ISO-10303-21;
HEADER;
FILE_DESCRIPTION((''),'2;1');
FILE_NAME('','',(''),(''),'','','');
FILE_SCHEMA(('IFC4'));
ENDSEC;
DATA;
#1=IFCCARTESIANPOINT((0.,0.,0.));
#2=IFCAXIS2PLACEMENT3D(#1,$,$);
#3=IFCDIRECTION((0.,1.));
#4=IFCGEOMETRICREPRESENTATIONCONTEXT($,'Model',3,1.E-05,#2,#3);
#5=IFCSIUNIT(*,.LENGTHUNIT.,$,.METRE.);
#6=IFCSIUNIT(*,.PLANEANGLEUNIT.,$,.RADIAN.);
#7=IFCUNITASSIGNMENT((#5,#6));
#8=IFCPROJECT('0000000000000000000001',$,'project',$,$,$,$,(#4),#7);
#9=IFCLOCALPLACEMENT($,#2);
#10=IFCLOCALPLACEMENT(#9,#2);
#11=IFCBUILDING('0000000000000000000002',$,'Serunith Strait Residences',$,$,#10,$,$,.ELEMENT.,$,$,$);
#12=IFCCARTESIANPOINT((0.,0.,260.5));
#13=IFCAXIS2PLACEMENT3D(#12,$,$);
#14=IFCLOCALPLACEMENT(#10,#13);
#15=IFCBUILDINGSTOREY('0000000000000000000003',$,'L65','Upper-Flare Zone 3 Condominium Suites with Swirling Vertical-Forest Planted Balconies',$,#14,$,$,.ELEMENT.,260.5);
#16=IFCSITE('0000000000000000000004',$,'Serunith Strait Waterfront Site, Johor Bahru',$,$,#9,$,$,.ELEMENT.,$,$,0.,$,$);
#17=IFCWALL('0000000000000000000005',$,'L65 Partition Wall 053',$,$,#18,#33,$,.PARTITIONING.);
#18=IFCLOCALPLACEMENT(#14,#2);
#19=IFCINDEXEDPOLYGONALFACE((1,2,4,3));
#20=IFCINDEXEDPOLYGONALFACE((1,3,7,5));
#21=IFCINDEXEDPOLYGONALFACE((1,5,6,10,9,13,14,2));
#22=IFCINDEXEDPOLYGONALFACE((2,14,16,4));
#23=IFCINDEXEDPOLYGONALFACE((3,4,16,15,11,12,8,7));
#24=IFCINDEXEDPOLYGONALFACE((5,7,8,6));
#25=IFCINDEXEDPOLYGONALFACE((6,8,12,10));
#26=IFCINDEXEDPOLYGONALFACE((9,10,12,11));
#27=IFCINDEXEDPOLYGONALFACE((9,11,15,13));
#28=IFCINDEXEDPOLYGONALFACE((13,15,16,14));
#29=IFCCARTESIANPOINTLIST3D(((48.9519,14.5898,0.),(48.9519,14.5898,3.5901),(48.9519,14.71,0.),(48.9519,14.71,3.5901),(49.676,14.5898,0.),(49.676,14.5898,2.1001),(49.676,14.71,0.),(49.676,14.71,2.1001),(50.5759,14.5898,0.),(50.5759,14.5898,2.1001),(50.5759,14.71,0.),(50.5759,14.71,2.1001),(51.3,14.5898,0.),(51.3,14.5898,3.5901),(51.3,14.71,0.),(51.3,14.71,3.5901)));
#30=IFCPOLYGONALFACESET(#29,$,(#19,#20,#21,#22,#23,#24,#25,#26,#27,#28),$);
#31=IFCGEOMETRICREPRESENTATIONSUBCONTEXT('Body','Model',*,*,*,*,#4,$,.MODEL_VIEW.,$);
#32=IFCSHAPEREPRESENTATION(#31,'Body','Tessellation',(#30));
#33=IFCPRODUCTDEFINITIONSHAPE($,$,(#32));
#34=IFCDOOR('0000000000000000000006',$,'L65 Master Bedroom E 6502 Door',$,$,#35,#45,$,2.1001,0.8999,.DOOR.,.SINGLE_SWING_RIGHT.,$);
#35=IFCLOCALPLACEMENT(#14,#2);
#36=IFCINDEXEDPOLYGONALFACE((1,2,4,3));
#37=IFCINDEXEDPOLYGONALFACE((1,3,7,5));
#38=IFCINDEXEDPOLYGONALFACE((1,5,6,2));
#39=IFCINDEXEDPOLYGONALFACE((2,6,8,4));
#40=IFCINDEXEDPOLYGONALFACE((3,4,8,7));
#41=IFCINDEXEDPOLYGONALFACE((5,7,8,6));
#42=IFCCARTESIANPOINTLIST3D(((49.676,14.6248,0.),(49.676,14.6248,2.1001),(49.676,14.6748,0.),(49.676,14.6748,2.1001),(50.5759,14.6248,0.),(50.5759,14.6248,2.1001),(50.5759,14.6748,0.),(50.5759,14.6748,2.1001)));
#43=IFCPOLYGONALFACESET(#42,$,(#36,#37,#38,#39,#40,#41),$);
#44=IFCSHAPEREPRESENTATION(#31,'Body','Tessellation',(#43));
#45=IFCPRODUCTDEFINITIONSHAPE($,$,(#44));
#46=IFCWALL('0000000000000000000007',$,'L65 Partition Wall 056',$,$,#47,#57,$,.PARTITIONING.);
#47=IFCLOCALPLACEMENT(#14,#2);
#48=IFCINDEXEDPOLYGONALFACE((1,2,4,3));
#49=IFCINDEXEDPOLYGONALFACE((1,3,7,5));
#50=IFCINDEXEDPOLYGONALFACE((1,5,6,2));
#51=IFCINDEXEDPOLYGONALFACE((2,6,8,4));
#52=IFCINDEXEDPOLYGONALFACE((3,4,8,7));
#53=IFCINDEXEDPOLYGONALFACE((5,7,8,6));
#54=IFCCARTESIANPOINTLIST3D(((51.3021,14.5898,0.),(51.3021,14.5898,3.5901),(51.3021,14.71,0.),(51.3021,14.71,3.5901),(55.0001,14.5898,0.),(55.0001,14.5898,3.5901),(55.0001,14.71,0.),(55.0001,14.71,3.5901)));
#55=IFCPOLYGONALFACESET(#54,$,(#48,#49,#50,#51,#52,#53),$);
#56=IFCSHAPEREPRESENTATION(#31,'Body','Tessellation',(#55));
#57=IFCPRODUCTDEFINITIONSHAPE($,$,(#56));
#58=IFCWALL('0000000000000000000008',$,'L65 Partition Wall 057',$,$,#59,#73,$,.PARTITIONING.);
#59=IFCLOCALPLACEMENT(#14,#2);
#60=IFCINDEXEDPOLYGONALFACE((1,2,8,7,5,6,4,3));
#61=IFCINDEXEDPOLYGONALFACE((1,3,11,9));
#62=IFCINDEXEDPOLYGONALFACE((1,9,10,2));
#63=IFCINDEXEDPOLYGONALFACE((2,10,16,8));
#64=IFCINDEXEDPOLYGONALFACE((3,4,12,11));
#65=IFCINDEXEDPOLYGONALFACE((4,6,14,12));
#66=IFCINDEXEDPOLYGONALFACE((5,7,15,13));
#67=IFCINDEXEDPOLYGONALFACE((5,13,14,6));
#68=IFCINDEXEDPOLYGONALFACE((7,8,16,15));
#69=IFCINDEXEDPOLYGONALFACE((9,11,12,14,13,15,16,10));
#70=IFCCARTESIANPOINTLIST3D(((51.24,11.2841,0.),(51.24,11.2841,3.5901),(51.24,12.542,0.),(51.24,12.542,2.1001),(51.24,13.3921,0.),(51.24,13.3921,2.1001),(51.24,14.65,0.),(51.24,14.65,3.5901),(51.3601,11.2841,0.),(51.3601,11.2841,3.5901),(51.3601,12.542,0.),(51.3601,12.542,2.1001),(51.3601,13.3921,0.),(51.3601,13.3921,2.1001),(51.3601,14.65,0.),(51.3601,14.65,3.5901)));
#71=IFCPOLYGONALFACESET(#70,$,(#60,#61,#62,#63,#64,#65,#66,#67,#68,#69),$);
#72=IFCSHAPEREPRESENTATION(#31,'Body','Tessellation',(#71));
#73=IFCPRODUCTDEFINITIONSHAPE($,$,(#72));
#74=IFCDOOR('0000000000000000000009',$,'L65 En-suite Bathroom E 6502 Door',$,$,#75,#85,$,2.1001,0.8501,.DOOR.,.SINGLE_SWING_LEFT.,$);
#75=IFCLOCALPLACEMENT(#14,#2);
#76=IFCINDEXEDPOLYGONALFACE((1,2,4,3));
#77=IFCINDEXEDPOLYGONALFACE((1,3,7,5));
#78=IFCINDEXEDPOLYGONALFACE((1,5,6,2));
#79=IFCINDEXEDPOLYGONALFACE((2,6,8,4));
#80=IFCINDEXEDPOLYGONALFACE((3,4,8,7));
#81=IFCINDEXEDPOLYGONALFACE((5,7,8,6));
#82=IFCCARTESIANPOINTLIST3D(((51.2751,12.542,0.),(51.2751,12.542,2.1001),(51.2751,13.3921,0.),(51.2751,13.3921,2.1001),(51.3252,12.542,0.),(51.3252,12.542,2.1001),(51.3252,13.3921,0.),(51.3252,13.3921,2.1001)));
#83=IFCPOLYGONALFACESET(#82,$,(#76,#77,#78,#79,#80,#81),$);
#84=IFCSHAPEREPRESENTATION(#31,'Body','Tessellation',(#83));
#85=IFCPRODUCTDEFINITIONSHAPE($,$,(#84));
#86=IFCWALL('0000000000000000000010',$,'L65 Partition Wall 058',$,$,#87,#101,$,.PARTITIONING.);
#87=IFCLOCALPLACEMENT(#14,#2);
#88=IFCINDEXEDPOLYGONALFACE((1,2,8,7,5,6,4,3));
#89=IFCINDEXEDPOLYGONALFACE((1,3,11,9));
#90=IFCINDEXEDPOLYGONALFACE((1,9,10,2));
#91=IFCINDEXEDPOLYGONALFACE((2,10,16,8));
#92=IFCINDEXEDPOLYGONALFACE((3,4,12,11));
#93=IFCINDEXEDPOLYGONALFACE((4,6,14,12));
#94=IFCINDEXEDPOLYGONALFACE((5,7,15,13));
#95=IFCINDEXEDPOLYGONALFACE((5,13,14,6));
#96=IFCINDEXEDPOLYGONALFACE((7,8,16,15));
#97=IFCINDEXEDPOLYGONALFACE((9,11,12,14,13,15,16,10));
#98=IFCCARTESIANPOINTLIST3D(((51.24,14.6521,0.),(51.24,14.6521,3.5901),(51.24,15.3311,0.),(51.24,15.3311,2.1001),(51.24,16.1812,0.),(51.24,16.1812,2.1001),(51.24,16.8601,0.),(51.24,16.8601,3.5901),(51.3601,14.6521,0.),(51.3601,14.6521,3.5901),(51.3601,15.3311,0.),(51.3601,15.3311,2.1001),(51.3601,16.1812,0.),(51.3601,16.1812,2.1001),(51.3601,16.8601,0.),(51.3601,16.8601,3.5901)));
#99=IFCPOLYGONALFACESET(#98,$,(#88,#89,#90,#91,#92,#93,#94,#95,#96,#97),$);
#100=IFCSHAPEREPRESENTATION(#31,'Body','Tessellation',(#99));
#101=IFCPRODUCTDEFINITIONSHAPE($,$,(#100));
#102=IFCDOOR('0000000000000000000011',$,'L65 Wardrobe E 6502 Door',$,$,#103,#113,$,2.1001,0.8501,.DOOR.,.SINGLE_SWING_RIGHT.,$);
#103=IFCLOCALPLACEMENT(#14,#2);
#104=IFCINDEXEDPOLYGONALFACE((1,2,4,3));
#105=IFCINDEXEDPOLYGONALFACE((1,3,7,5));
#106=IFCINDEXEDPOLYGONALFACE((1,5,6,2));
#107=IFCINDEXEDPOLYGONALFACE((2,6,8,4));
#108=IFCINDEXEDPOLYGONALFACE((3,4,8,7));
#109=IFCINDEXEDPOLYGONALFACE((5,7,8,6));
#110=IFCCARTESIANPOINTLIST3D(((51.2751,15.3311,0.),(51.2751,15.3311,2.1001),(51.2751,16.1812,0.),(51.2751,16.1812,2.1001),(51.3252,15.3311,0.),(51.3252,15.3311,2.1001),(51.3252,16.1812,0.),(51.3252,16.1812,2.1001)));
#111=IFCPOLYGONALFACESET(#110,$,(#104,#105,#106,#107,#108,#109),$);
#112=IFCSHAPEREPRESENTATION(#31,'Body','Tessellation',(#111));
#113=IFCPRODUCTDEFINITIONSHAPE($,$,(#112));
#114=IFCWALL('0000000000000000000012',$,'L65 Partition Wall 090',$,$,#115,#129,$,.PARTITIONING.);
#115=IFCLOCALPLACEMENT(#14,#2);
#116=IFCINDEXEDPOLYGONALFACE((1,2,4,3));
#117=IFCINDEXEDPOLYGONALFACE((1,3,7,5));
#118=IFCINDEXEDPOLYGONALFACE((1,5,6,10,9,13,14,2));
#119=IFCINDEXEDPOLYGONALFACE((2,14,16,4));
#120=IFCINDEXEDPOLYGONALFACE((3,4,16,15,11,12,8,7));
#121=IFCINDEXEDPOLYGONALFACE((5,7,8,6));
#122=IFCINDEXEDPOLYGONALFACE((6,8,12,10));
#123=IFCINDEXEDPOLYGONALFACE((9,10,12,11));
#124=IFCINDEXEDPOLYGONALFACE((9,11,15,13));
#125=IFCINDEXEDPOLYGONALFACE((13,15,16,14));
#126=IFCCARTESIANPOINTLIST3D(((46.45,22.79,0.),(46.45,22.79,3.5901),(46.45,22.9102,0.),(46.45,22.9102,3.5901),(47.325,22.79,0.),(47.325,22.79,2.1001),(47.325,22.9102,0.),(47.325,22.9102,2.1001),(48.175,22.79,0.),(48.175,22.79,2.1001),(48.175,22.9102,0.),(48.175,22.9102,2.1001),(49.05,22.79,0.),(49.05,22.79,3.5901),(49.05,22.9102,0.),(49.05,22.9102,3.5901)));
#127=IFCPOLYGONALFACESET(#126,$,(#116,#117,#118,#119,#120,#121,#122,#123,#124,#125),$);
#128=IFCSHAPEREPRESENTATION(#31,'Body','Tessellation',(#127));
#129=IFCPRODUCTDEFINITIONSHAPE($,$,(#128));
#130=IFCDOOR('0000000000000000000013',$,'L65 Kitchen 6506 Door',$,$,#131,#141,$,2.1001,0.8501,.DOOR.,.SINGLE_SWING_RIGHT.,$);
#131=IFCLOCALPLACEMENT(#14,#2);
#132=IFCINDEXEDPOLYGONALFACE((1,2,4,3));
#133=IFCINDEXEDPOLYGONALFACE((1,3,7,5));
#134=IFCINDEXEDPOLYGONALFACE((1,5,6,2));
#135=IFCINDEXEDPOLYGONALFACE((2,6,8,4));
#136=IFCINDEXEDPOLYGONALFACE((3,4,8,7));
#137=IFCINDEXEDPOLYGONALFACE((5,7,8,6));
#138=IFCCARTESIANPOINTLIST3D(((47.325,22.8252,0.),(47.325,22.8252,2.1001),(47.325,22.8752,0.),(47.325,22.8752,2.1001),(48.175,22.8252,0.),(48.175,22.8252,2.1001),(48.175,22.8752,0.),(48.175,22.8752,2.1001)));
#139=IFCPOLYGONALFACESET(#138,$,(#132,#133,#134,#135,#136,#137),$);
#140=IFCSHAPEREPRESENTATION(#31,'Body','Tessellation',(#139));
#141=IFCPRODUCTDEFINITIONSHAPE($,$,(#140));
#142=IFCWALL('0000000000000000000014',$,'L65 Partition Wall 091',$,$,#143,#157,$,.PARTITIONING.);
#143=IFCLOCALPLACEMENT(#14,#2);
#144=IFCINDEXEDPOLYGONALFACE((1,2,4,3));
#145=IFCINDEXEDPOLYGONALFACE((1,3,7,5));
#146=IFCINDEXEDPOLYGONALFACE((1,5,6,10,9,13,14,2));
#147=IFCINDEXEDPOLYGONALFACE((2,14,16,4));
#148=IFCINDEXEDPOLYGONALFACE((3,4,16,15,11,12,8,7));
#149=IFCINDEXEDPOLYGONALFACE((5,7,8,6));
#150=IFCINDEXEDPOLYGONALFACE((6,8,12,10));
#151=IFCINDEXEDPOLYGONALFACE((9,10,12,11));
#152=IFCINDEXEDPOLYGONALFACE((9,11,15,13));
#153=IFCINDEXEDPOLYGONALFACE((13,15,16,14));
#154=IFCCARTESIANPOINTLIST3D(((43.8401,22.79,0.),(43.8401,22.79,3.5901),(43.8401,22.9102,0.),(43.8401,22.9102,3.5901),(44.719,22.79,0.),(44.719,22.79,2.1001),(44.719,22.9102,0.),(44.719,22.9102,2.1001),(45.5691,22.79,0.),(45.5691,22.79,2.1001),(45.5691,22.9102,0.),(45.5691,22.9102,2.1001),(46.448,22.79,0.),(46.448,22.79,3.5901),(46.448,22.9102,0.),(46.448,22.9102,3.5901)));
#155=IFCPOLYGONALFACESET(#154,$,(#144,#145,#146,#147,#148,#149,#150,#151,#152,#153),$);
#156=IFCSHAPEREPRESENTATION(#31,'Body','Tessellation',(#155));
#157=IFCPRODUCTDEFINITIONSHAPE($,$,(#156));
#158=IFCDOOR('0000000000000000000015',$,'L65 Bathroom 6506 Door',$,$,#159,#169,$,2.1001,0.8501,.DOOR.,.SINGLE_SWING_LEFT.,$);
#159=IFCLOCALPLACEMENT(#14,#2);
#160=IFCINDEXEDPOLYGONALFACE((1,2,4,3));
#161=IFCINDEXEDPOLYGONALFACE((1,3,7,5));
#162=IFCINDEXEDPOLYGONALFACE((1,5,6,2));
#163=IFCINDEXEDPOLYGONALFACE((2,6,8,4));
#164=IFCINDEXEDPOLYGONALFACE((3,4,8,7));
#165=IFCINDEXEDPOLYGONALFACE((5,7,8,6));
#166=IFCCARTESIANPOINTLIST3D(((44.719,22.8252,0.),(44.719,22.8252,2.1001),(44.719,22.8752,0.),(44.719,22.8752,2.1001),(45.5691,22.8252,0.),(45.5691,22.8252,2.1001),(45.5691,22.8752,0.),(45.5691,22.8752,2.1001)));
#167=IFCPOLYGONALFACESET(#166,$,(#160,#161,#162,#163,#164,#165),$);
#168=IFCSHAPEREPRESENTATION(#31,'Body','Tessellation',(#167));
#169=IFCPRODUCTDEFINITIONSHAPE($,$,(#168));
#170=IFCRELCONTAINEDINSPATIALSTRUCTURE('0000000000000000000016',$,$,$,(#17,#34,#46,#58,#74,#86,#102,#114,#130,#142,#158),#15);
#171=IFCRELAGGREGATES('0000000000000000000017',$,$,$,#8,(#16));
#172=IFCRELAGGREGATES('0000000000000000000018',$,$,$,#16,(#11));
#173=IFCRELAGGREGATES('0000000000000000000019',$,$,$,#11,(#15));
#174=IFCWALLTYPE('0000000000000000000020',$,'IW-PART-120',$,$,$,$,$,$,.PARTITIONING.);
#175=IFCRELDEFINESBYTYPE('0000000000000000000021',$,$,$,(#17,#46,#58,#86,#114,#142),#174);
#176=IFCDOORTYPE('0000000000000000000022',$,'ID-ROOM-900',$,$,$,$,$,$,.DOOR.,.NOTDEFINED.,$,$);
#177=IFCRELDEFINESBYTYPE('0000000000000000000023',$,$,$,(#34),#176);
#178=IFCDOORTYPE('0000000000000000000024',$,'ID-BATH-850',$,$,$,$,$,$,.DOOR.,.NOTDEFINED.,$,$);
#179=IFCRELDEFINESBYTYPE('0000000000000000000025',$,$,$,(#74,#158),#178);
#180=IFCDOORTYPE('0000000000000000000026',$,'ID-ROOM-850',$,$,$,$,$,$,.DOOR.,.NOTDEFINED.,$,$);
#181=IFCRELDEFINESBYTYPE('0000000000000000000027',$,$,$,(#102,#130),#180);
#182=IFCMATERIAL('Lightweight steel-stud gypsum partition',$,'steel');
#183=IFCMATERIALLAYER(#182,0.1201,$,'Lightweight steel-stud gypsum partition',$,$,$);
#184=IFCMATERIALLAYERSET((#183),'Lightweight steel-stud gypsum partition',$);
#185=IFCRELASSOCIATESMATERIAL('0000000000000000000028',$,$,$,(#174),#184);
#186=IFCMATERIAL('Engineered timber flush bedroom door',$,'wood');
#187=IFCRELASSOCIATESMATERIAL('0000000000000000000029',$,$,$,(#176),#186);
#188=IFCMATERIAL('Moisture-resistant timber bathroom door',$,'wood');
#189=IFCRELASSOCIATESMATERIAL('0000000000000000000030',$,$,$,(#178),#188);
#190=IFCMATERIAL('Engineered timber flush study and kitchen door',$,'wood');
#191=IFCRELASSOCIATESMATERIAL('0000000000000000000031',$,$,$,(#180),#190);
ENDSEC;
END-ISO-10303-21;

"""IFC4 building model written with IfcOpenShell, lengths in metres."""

from ifc_helpers import new_model, si_unit, direction, frame, frame_2d, origin, place, context, subcontext, project, spatial, rectangle, extrude, source, transform, mapped, material, layer, layer_set, type_object, element, fill, save


model = new_model("IFC4")

# Units and contexts
model_context = context("Model", 3, precision=1e-05, world=origin(), true_north=direction((0.0, 1.0)))
body_context = subcontext(model_context, "Body", "Model", "MODEL_VIEW")
ifc_project = project(units=[si_unit("LENGTHUNIT", "METRE"), si_unit("PLANEANGLEUNIT", "RADIAN")], contexts=[model_context])

# Site, building, storey
site_placement = place(None, origin())
site = spatial("IfcSite", under=ifc_project, at=site_placement, Name="Serunith Strait Waterfront Site, Johor Bahru", CompositionType="ELEMENT", RefElevation=0.0)
building_placement = place(site_placement, origin())
building = spatial("IfcBuilding", under=site, at=building_placement, Name="Serunith Strait Residences", CompositionType="ELEMENT")
storey_placement = place(building_placement, frame((0.0, 0.0, 260.5)))
storey = spatial("IfcBuildingStorey", under=building, at=storey_placement, Name="L65", Description="Upper-Flare Zone 3 Condominium Suites with Swirling Vertical-Forest Planted Balconies", CompositionType="ELEMENT", Elevation=260.5)

# Wall, opening, door
ifc_material_1 = material(Name="Lightweight steel-stud gypsum partition", Category="steel")
ifc_layer_1 = layer(ifc_material_1, 0.1201, Name="Lightweight steel-stud gypsum partition")
ifc_layer_set_1 = layer_set([ifc_layer_1], Name="Lightweight steel-stud gypsum partition")
wall_type = type_object("IfcWallType", Name="IW-PART-120", PredefinedType="PARTITIONING", material=ifc_layer_set_1)
wall_1_placement = place(storey_placement, frame((48.9519, 14.6499, 0.0), z_axis=(0.0, 0.0, 1.0), x_axis=(1.0, 0.0, 0.0)))
wall_1 = element("IfcWall", 1, at=wall_1_placement, inside=storey, type_object=wall_type, Name="L65 Partition Wall 053", PredefinedType="PARTITIONING", context=body_context, shape_type="SweptSolid", body=[
    extrude(rectangle(XDim=2.3481, YDim=0.1201, at=frame_2d((1.1741, 0.0))), origin(), (0.0, 0.0, 1.0), 3.5901),
])
opening_1_placement = place(wall_1_placement, frame((0.7241, 0.0, 0.0)))
opening_1 = element("IfcOpeningElement", 2, at=opening_1_placement, cuts=wall_1, PredefinedType="OPENING", context=body_context, shape_type="SweptSolid", body=[
    extrude(rectangle(XDim=0.8999, YDim=2.1001, at=frame_2d((0.45, 1.05))), frame((0.0, 0.0701, 0.0), z_axis=(0.0, -1.0, 0.0), x_axis=(1.0, 0.0, 0.0)), (0.0, 0.0, 1.0), 0.1401),
])
ifc_material_2 = material(Name="Engineered timber flush bedroom door", Category="wood")
door_type_1 = type_object("IfcDoorType", Name="ID-ROOM-900", OperationType="NOTDEFINED", PredefinedType="DOOR", material=ifc_material_2)
shared_shape_1 = source(origin(), body_context, "Body", "SweptSolid", [
    extrude(rectangle(XDim=0.8999, YDim=2.1001, at=frame_2d((0.45, 1.05))), frame((0.0, 0.0249, 0.0), z_axis=(0.0, -1.0, 0.0), x_axis=(1.0, 0.0, 0.0)), (0.0, 0.0, 1.0), 0.05),
])
door_1_placement = place(opening_1_placement, origin())
door_1 = element("IfcDoor", 3, at=door_1_placement, inside=storey, type_object=door_type_1, Name="L65 Master Bedroom E 6502 Door", OperationType="SINGLE_SWING_RIGHT", OverallHeight=2.1001, OverallWidth=0.8999, PredefinedType="DOOR", context=body_context, shape_type="MappedRepresentation", body=[
    mapped(shared_shape_1, transform((0.0, 0.0, 0.0), scale=1.0)),
])
fill(opening_1, door_1)

# Wall
wall_2_placement = place(storey_placement, frame((51.302, 14.6499, 0.0), z_axis=(0.0, 0.0, 1.0), x_axis=(1.0, 0.0, 0.0)))
element("IfcWall", 4, at=wall_2_placement, inside=storey, type_object=wall_type, Name="L65 Partition Wall 056", PredefinedType="PARTITIONING", context=body_context, shape_type="SweptSolid", body=[
    extrude(rectangle(XDim=3.698, YDim=0.1201, at=frame_2d((1.8491, 0.0))), origin(), (0.0, 0.0, 1.0), 3.5901),
])

# Walls, openings, doors
wall_3_placement = place(storey_placement, frame((51.3, 11.2839, 0.0), z_axis=(0.0, 0.0, 1.0), x_axis=(0.0, 1.0, 0.0)))
wall_3 = element("IfcWall", 5, at=wall_3_placement, inside=storey, type_object=wall_type, Name="L65 Partition Wall 057", PredefinedType="PARTITIONING", context=body_context, shape_type="SweptSolid", body=[
    extrude(rectangle(XDim=3.366, YDim=0.1201, at=frame_2d((1.6831, 0.0))), origin(), (0.0, 0.0, 1.0), 3.5901),
])
opening_2_placement = place(wall_3_placement, frame((1.2581, 0.0, 0.0)))
opening_2 = element("IfcOpeningElement", 6, at=opening_2_placement, cuts=wall_3, PredefinedType="OPENING", context=body_context, shape_type="SweptSolid", body=[
    extrude(rectangle(XDim=0.8501, YDim=2.1001, at=frame_2d((0.425, 1.05))), frame((0.0, 0.0701, 0.0), z_axis=(0.0, -1.0, 0.0), x_axis=(1.0, 0.0, 0.0)), (0.0, 0.0, 1.0), 0.1401),
])
ifc_material_3 = material(Name="Moisture-resistant timber bathroom door", Category="wood")
door_type_2 = type_object("IfcDoorType", Name="ID-BATH-850", OperationType="NOTDEFINED", PredefinedType="DOOR", material=ifc_material_3)
shared_shape_2 = source(origin(), body_context, "Body", "SweptSolid", [
    extrude(rectangle(XDim=0.8501, YDim=2.1001, at=frame_2d((0.425, 1.05))), frame((0.0, 0.0249, 0.0), z_axis=(0.0, -1.0, 0.0), x_axis=(1.0, 0.0, 0.0)), (0.0, 0.0, 1.0), 0.05),
])
door_2_placement = place(opening_2_placement, origin())
door_2 = element("IfcDoor", 7, at=door_2_placement, inside=storey, type_object=door_type_2, Name="L65 En-suite Bathroom E 6502 Door", OperationType="SINGLE_SWING_LEFT", OverallHeight=2.1001, OverallWidth=0.8501, PredefinedType="DOOR", context=body_context, shape_type="MappedRepresentation", body=[
    mapped(shared_shape_2, transform((0.0, 0.0, 0.0), scale=1.0)),
])
fill(opening_2, door_2)
wall_4_placement = place(storey_placement, frame((51.3, 14.6521, 0.0), z_axis=(0.0, 0.0, 1.0), x_axis=(0.0, 1.0, 0.0)))
wall_4 = element("IfcWall", 8, at=wall_4_placement, inside=storey, type_object=wall_type, Name="L65 Partition Wall 058", PredefinedType="PARTITIONING", context=body_context, shape_type="SweptSolid", body=[
    extrude(rectangle(XDim=2.208, YDim=0.1201, at=frame_2d((1.104, 0.0))), origin(), (0.0, 0.0, 1.0), 3.5901),
])
opening_3_placement = place(wall_4_placement, frame((0.679, 0.0, 0.0)))
opening_3 = element("IfcOpeningElement", 9, at=opening_3_placement, cuts=wall_4, PredefinedType="OPENING", context=body_context, shape_type="SweptSolid", body=[
    extrude(rectangle(XDim=0.8501, YDim=2.1001, at=frame_2d((0.425, 1.05))), frame((0.0, 0.0701, 0.0), z_axis=(0.0, -1.0, 0.0), x_axis=(1.0, 0.0, 0.0)), (0.0, 0.0, 1.0), 0.1401),
])
ifc_material_4 = material(Name="Engineered timber flush study and kitchen door", Category="wood")
door_type_3 = type_object("IfcDoorType", Name="ID-ROOM-850", OperationType="NOTDEFINED", PredefinedType="DOOR", material=ifc_material_4)
door_3_placement = place(opening_3_placement, origin())
door_3 = element("IfcDoor", 10, at=door_3_placement, inside=storey, type_object=door_type_3, Name="L65 Wardrobe E 6502 Door", OperationType="SINGLE_SWING_RIGHT", OverallHeight=2.1001, OverallWidth=0.8501, PredefinedType="DOOR", context=body_context, shape_type="MappedRepresentation", body=[
    mapped(shared_shape_2, transform((0.0, 0.0, 0.0), scale=1.0)),
])
fill(opening_3, door_3)
wall_5_placement = place(storey_placement, frame((49.05, 22.8501, 0.0), z_axis=(0.0, 0.0, 1.0), x_axis=(-1.0, 0.0, 0.0)))
wall_5 = element("IfcWall", 11, at=wall_5_placement, inside=storey, type_object=wall_type, Name="L65 Partition Wall 090", PredefinedType="PARTITIONING", context=body_context, shape_type="SweptSolid", body=[
    extrude(rectangle(XDim=2.6001, YDim=0.1201, at=frame_2d((1.3, 0.0))), origin(), (0.0, 0.0, 1.0), 3.5901),
])
opening_4_placement = place(wall_5_placement, frame((0.875, 0.0, 0.0)))
opening_4 = element("IfcOpeningElement", 12, at=opening_4_placement, cuts=wall_5, PredefinedType="OPENING", context=body_context, shape_type="SweptSolid", body=[
    extrude(rectangle(XDim=0.8501, YDim=2.1001, at=frame_2d((0.425, 1.05))), frame((0.0, 0.0701, 0.0), z_axis=(0.0, -1.0, 0.0), x_axis=(1.0, 0.0, 0.0)), (0.0, 0.0, 1.0), 0.1401),
])
door_4_placement = place(opening_4_placement, origin())
door_4 = element("IfcDoor", 13, at=door_4_placement, inside=storey, type_object=door_type_3, Name="L65 Kitchen 6506 Door", OperationType="SINGLE_SWING_RIGHT", OverallHeight=2.1001, OverallWidth=0.8501, PredefinedType="DOOR", context=body_context, shape_type="MappedRepresentation", body=[
    mapped(shared_shape_2, transform((0.0, 0.0, 0.0), scale=1.0)),
])
fill(opening_4, door_4)
wall_6_placement = place(storey_placement, frame((46.448, 22.8501, 0.0), z_axis=(0.0, 0.0, 1.0), x_axis=(-1.0, 0.0, 0.0)))
wall_6 = element("IfcWall", 14, at=wall_6_placement, inside=storey, type_object=wall_type, Name="L65 Partition Wall 091", PredefinedType="PARTITIONING", context=body_context, shape_type="SweptSolid", body=[
    extrude(rectangle(XDim=2.6079, YDim=0.1201, at=frame_2d((1.304, 0.0))), origin(), (0.0, 0.0, 1.0), 3.5901),
])
opening_5_placement = place(wall_6_placement, frame((0.8789, 0.0, 0.0)))
opening_5 = element("IfcOpeningElement", 15, at=opening_5_placement, cuts=wall_6, PredefinedType="OPENING", context=body_context, shape_type="SweptSolid", body=[
    extrude(rectangle(XDim=0.8501, YDim=2.1001, at=frame_2d((0.425, 1.05))), frame((0.0, 0.0701, 0.0), z_axis=(0.0, -1.0, 0.0), x_axis=(1.0, 0.0, 0.0)), (0.0, 0.0, 1.0), 0.1401),
])
door_5_placement = place(opening_5_placement, origin())
door_5 = element("IfcDoor", 16, at=door_5_placement, inside=storey, type_object=door_type_2, Name="L65 Bathroom 6506 Door", OperationType="SINGLE_SWING_LEFT", OverallHeight=2.1001, OverallWidth=0.8501, PredefinedType="DOOR", context=body_context, shape_type="MappedRepresentation", body=[
    mapped(shared_shape_2, transform((0.0, 0.0, 0.0), scale=1.0)),
])
fill(opening_5, door_5)

save(model, "model.ifc")
